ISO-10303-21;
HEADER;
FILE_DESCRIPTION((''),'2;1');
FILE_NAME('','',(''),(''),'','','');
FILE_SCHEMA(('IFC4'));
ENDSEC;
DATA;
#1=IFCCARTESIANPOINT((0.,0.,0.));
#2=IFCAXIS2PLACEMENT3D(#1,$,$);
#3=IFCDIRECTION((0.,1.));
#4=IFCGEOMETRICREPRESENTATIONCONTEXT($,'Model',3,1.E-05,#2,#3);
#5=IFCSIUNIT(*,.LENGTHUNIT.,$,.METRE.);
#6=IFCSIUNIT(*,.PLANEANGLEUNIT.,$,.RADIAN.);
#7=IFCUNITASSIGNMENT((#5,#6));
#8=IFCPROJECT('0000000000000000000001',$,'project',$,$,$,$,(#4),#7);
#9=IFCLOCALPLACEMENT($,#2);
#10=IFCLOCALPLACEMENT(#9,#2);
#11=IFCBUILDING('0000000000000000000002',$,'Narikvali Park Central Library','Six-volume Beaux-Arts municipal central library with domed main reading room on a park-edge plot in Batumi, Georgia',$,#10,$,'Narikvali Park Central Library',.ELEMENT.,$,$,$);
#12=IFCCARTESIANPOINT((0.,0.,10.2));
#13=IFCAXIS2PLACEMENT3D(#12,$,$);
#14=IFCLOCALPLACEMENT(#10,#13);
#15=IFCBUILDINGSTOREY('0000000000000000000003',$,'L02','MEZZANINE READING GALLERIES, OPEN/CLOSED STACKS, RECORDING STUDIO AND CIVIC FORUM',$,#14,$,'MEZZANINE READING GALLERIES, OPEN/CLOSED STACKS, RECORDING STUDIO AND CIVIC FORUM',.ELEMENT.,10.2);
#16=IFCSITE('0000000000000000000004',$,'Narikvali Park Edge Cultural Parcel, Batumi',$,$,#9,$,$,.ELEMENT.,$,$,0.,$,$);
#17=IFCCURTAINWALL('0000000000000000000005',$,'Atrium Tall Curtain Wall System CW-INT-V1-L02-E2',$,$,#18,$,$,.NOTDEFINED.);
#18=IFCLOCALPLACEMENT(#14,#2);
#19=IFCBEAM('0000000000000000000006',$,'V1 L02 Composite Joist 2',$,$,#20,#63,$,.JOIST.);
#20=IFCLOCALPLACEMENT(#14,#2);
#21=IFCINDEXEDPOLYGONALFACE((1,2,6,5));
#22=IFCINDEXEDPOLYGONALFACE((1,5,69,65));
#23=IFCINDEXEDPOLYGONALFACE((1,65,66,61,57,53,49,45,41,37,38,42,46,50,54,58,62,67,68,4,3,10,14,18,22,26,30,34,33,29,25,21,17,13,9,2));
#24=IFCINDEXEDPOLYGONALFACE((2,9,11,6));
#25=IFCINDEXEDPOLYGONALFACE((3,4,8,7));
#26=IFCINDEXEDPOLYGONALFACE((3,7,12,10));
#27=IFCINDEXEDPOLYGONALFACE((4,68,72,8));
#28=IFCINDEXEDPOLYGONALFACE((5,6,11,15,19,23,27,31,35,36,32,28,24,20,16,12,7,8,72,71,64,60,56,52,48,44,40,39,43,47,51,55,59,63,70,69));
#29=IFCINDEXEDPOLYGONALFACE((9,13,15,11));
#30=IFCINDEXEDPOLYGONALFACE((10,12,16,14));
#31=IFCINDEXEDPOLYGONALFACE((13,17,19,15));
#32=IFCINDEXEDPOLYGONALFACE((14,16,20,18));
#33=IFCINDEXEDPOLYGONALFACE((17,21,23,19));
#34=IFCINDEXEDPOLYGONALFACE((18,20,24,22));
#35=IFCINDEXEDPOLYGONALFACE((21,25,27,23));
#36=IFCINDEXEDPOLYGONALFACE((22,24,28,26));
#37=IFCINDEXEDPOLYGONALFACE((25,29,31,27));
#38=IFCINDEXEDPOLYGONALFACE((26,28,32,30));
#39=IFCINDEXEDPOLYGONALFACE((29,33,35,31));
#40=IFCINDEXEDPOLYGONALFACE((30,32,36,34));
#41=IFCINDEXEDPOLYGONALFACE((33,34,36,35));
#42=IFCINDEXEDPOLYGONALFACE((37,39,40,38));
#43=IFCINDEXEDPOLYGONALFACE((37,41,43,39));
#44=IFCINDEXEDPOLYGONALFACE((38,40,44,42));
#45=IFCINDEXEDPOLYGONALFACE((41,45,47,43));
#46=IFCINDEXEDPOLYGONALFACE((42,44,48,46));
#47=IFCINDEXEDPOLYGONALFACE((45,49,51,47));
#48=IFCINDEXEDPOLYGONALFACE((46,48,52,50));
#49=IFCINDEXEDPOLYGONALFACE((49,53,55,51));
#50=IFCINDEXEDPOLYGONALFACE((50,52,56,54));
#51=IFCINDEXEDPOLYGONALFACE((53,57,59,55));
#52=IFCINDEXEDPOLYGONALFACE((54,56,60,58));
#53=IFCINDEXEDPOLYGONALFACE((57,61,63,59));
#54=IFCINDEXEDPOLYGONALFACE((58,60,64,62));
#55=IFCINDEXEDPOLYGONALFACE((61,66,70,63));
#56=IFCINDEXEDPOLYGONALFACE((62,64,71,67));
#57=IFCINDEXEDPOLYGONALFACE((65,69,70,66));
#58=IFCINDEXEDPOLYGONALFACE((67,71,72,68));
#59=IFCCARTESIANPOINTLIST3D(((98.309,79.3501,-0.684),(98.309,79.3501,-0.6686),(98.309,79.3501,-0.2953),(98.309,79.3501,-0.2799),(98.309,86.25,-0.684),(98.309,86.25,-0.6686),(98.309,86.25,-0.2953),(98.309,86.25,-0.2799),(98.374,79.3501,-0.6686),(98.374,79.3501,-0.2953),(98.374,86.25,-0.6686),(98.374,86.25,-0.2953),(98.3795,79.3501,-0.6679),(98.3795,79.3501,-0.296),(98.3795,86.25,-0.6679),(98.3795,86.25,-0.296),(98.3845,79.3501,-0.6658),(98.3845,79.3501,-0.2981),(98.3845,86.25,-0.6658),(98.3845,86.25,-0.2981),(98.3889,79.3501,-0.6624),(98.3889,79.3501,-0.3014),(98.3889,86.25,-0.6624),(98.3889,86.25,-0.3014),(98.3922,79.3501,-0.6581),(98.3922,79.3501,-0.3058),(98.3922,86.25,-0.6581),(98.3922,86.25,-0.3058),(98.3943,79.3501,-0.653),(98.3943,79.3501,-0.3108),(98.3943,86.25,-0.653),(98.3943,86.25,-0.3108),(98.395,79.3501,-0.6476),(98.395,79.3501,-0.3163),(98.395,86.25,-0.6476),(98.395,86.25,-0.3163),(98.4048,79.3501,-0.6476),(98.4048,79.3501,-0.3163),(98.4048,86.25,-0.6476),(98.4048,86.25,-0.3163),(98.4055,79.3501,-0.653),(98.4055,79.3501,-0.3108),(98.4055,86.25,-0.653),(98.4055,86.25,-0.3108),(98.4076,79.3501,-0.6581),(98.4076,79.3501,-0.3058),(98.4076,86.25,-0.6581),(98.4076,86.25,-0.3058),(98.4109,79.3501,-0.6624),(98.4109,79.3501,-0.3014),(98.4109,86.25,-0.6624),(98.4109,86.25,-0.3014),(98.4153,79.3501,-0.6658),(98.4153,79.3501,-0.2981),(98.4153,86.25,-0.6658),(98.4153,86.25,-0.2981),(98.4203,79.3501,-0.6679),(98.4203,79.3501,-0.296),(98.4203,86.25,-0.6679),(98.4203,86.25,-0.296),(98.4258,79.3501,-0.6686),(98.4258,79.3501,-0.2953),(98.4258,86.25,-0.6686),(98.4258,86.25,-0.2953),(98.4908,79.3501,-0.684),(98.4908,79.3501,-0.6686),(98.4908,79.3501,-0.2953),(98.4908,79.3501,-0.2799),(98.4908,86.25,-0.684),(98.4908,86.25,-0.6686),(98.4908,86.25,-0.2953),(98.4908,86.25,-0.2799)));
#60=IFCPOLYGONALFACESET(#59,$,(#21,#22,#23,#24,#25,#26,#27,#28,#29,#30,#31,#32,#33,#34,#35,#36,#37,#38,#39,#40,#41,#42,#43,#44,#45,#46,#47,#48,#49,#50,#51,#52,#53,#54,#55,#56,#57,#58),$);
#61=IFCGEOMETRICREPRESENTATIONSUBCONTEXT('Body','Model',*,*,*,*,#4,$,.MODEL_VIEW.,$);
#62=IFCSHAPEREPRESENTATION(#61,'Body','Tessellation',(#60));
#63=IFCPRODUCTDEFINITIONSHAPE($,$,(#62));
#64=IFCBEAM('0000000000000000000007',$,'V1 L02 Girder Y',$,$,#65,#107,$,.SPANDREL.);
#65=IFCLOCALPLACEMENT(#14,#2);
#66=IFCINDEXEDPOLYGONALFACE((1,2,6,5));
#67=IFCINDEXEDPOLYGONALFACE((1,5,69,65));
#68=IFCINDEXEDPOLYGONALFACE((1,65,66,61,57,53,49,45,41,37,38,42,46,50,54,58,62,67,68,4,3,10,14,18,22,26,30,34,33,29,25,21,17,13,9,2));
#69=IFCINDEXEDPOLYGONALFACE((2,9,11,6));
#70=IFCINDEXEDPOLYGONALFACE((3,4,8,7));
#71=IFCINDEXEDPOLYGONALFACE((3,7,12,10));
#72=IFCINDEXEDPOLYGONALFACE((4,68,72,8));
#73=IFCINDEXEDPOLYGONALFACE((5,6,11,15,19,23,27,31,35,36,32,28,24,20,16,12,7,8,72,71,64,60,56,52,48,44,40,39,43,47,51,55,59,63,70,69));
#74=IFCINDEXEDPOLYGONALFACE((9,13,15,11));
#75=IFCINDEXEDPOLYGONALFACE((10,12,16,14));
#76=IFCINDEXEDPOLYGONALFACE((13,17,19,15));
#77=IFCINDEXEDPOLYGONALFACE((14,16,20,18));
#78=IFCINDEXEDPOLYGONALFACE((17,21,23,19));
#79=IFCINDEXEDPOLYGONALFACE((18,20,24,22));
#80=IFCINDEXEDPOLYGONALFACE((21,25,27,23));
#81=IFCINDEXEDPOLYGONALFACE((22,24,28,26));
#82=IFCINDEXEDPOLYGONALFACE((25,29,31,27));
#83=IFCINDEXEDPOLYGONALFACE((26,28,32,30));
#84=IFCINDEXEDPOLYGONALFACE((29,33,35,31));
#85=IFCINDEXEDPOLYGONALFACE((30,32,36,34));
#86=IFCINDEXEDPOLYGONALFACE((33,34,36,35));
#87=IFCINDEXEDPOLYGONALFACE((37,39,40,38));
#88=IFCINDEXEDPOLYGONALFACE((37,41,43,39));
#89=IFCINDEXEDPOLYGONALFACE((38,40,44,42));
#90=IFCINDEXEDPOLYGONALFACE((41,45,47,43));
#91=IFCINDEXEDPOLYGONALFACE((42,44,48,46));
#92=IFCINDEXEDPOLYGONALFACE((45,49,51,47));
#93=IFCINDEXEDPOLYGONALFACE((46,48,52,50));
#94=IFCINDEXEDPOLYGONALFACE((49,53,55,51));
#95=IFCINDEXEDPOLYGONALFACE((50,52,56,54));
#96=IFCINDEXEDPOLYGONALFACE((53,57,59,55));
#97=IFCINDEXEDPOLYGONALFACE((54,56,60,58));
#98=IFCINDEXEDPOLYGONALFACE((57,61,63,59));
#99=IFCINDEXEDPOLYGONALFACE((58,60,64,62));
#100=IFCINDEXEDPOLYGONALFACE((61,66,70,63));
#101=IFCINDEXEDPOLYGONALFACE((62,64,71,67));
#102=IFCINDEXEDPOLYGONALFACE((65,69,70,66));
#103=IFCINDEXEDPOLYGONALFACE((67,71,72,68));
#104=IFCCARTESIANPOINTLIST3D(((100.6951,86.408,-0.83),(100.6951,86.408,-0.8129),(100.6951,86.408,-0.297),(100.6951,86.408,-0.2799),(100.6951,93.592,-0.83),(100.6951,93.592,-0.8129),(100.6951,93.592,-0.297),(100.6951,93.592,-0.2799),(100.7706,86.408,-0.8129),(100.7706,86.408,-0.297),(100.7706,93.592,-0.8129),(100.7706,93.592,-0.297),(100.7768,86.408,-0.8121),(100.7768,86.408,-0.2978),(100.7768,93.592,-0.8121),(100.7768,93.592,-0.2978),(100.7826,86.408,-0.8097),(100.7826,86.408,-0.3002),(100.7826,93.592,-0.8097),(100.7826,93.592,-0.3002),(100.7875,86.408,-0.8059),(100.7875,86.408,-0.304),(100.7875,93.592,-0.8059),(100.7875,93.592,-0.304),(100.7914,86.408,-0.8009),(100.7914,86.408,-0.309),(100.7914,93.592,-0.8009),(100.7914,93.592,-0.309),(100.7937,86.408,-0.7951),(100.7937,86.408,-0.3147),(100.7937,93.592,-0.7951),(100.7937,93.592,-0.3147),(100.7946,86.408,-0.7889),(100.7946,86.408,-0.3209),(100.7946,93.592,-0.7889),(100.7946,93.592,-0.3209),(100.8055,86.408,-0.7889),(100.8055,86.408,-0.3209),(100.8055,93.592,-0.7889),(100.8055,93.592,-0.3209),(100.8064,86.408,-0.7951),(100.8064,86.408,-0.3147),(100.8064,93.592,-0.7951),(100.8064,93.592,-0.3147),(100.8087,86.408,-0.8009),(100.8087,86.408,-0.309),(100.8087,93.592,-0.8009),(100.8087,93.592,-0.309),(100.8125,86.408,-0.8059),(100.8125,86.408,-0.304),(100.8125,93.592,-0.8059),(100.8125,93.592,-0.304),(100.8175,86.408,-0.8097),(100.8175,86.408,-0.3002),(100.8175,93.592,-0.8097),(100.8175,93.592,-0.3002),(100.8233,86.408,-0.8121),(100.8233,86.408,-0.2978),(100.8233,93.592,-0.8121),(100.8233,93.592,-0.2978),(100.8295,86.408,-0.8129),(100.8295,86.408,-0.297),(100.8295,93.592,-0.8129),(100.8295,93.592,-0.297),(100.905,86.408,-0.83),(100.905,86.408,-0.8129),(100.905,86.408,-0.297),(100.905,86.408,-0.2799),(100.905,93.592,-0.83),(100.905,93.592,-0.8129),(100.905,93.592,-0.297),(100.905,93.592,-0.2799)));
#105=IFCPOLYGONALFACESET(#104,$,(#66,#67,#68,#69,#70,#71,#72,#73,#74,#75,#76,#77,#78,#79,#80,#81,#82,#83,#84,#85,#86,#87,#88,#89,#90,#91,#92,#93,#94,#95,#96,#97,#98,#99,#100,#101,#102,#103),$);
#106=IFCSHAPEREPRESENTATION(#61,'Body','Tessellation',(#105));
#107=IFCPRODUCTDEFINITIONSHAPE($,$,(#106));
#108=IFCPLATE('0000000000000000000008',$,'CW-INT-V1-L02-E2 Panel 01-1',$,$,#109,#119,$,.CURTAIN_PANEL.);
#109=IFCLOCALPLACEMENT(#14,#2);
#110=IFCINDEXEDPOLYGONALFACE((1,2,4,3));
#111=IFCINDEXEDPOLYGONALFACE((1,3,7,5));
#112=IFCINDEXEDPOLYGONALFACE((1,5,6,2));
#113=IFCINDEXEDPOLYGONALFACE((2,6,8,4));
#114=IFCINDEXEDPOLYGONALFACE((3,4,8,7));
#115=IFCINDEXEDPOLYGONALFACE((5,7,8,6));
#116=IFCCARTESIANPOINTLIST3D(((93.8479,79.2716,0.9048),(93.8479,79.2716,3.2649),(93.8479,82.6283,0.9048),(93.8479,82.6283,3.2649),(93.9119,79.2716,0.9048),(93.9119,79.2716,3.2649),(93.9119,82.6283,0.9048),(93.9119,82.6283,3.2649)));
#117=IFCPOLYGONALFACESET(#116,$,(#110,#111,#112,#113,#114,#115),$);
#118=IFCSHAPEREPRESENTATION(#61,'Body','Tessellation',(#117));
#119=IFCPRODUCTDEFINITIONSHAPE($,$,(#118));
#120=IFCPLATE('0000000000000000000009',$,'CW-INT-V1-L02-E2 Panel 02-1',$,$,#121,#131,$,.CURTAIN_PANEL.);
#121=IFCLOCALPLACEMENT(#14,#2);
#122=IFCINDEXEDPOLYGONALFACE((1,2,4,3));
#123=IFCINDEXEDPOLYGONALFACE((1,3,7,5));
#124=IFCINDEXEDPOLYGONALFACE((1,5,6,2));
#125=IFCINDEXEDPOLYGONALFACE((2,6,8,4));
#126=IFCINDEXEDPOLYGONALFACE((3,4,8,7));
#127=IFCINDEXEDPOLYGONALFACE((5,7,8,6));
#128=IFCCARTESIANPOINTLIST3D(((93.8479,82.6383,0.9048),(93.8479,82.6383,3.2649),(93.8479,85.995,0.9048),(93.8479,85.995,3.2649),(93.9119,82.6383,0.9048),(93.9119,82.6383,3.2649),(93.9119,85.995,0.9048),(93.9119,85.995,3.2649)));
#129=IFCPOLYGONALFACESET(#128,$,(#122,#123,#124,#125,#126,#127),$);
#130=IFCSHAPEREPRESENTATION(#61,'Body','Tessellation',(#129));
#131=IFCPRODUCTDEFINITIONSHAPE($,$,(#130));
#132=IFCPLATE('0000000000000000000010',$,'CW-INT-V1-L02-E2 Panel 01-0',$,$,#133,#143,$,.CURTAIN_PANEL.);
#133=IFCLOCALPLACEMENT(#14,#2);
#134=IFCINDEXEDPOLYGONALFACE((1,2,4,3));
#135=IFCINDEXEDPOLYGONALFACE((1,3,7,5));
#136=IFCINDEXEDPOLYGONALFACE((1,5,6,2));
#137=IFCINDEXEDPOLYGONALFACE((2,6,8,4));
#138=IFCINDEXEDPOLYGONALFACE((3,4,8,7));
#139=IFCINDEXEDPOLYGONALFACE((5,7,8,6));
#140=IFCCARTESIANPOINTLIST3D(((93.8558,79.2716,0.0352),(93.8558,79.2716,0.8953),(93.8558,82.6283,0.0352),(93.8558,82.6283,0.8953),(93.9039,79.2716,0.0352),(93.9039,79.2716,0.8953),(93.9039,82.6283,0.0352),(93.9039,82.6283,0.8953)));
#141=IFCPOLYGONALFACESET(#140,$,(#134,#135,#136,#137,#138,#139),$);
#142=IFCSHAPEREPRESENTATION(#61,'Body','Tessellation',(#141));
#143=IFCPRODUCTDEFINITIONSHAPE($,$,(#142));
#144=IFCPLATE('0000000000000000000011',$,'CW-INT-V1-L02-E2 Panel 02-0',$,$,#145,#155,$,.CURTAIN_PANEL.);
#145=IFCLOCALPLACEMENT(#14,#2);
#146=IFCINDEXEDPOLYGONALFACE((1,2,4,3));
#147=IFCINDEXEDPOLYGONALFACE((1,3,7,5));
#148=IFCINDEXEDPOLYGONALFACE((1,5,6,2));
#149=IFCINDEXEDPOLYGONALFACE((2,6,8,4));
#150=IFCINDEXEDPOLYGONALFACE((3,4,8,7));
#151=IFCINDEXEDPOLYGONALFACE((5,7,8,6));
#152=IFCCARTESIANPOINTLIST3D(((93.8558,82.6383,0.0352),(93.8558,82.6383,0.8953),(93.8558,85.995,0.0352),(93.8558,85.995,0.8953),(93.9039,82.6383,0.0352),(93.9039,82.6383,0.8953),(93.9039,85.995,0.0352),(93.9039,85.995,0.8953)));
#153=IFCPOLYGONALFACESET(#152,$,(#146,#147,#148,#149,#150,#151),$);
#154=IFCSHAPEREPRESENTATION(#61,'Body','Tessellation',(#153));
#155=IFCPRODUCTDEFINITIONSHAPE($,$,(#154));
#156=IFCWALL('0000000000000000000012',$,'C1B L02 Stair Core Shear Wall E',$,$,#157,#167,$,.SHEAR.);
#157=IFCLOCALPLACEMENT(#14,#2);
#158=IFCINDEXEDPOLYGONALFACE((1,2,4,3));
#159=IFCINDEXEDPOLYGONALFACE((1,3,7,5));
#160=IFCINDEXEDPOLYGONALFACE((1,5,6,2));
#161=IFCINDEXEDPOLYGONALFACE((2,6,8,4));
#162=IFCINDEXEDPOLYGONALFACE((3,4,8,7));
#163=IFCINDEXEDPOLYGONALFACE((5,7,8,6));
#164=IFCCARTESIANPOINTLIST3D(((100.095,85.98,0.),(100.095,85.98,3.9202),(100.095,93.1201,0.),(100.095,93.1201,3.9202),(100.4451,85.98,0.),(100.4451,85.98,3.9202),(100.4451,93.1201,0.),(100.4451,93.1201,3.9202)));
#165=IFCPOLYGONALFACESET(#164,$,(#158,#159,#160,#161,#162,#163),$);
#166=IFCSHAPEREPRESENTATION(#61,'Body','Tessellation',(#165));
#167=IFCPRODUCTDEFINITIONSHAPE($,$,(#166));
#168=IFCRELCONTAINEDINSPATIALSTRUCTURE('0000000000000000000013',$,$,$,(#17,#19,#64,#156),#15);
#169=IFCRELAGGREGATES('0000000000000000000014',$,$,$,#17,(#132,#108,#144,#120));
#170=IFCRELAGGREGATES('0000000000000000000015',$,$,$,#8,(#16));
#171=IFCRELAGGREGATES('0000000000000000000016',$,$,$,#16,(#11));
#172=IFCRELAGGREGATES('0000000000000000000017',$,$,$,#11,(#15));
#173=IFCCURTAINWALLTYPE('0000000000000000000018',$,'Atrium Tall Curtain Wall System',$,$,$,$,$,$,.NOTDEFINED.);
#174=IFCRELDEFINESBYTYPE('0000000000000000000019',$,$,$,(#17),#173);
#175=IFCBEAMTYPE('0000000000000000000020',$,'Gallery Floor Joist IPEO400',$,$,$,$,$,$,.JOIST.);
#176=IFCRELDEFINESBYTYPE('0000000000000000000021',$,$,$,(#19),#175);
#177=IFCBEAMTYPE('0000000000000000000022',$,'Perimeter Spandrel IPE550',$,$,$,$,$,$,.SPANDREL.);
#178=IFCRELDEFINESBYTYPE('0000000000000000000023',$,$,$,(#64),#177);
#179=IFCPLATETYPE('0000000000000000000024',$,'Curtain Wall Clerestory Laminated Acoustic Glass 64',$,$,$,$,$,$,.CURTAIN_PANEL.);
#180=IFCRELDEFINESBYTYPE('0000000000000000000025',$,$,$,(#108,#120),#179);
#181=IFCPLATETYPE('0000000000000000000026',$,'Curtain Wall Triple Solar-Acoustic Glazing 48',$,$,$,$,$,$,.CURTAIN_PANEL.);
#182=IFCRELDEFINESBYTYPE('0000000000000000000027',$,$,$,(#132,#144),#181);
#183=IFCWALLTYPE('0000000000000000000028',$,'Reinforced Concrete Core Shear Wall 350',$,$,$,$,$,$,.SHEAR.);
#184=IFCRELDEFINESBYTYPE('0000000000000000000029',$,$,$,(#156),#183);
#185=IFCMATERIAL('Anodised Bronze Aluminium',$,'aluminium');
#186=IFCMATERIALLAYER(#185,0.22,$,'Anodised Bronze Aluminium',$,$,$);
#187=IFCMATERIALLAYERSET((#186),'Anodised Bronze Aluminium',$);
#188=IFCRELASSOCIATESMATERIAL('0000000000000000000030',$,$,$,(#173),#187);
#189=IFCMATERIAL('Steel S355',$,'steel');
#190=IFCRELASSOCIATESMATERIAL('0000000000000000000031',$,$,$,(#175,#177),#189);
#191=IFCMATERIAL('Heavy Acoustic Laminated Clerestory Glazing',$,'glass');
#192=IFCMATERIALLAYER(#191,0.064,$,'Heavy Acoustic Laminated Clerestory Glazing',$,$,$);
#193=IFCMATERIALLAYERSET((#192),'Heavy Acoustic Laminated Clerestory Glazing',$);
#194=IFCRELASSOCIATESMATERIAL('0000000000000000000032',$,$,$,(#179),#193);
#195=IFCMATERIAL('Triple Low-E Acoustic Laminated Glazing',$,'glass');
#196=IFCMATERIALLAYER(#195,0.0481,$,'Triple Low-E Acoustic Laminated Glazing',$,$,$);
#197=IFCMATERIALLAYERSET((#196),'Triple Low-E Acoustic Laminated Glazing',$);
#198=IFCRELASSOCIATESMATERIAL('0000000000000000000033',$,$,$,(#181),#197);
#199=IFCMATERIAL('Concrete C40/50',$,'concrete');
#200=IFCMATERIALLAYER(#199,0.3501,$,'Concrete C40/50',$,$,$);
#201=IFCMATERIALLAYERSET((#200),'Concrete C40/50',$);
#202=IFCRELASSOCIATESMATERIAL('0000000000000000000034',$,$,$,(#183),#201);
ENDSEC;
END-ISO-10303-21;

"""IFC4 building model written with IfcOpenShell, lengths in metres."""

from ifc_helpers import new_model, si_unit, direction, frame, frame_2d, origin, origin_2d, place, context, subcontext, project, spatial, rectangle, i_section, extrude, material, layer, layer_set, material_profile, profile_set, type_object, element, aggregate, save


model = new_model("IFC4")

# Units and contexts
model_context = context("Model", 3, precision=1e-05, world=origin(), true_north=direction((0.0, 1.0)))
body_context = subcontext(model_context, "Body", "Model", "MODEL_VIEW")
ifc_project = project(units=[si_unit("LENGTHUNIT", "METRE"), si_unit("PLANEANGLEUNIT", "RADIAN")], contexts=[model_context])

# Site, building, storey
site_placement = place(None, origin())
site = spatial("IfcSite", under=ifc_project, at=site_placement, Name="Narikvali Park Edge Cultural Parcel, Batumi", CompositionType="ELEMENT", RefElevation=0.0)
building_placement = place(site_placement, origin())
building = spatial("IfcBuilding", under=site, at=building_placement, Name="Narikvali Park Central Library", Description="Six-volume Beaux-Arts municipal central library with domed main reading room on a park-edge plot in Batumi, Georgia", LongName="Narikvali Park Central Library", CompositionType="ELEMENT")
storey_placement = place(building_placement, frame((0.0, 0.0, 10.2)))
storey = spatial("IfcBuildingStorey", under=building, at=storey_placement, Name="L02", Description="MEZZANINE READING GALLERIES, OPEN/CLOSED STACKS, RECORDING STUDIO AND CIVIC FORUM", LongName="MEZZANINE READING GALLERIES, OPEN/CLOSED STACKS, RECORDING STUDIO AND CIVIC FORUM", CompositionType="ELEMENT", Elevation=10.2)

# Shared definitions
ifc_material_1 = material(Name="Steel S355", Category="steel")

# Curtain wall
ifc_material_2 = material(Name="Anodised Bronze Aluminium", Category="aluminium")
ifc_layer_1 = layer(ifc_material_2, 0.22, Name="Anodised Bronze Aluminium")
ifc_layer_set_1 = layer_set([ifc_layer_1], Name="Anodised Bronze Aluminium")
curtain_wall_type_1 = type_object("IfcCurtainWallType", Name="Atrium Tall Curtain Wall System", PredefinedType="NOTDEFINED", material=ifc_layer_set_1)
curtain_wall_1_placement = place(storey_placement, origin())
curtain_wall_1 = element("IfcCurtainWall", 1, at=curtain_wall_1_placement, inside=storey, type_object=curtain_wall_type_1, Name="Atrium Tall Curtain Wall System CW-INT-V1-L02-E2", PredefinedType="NOTDEFINED")

# Beams
ifc_material_profile_1 = material_profile(ifc_material_1, i_section(OverallWidth=0.1819, OverallDepth=0.4041, WebThickness=0.0098, FlangeThickness=0.0154, FilletRadius=0.021, at=origin_2d()), Name="IPEO 400")
ifc_profile_set_1 = profile_set([ifc_material_profile_1], Name="Steel S355")
beam_type_1 = type_object("IfcBeamType", Name="Gallery Floor Joist IPEO400", PredefinedType="JOIST", material=ifc_profile_set_1)
for number, where, z_axis, x_axis, name in (
    (2, (98.3999, 79.3501, -0.4819), (0.0, 1.0, 0.0), (-1.0, 0.0, 0.0), "V1 L02 Composite Joist 2"),
):
    element("IfcBeam", number, at=place(storey_placement, frame(where, z_axis=z_axis, x_axis=x_axis)), inside=storey, type_object=beam_type_1, Name=name, PredefinedType="JOIST", context=body_context, shape_type="SweptSolid", body=[
        extrude(i_section(OverallWidth=0.1819, OverallDepth=0.4041, WebThickness=0.0098, FlangeThickness=0.0154, FilletRadius=0.021, at=origin_2d()), origin(), (0.0, 0.0, 1.0), 6.8999),
    ])
ifc_material_profile_2 = material_profile(ifc_material_1, i_section(OverallWidth=0.21, OverallDepth=0.55, WebThickness=0.011, FlangeThickness=0.0171, FilletRadius=0.0239, at=origin_2d()), Name="IPE 550")
ifc_profile_set_2 = profile_set([ifc_material_profile_2], Name="Steel S355")
beam_type_2 = type_object("IfcBeamType", Name="Perimeter Spandrel IPE550", PredefinedType="SPANDREL", material=ifc_profile_set_2)
beam_1_placement = place(storey_placement, frame((100.8, 86.408, -0.5549), z_axis=(0.0, 1.0, 0.0), x_axis=(-1.0, 0.0, 0.0)))
element("IfcBeam", 3, at=beam_1_placement, inside=storey, type_object=beam_type_2, Name="V1 L02 Girder Y", PredefinedType="SPANDREL", context=body_context, shape_type="SweptSolid", body=[
    extrude(i_section(OverallWidth=0.21, OverallDepth=0.55, WebThickness=0.011, FlangeThickness=0.0171, FilletRadius=0.0239, at=origin_2d()), origin(), (0.0, 0.0, 1.0), 7.1841),
])

# Plates
ifc_material_3 = material(Name="Heavy Acoustic Laminated Clerestory Glazing", Category="glass")
ifc_layer_2 = layer(ifc_material_3, 0.064, Name="Heavy Acoustic Laminated Clerestory Glazing")
ifc_layer_set_2 = layer_set([ifc_layer_2], Name="Heavy Acoustic Laminated Clerestory Glazing")
plate_type_1 = type_object("IfcPlateType", Name="Curtain Wall Clerestory Laminated Acoustic Glass 64", PredefinedType="CURTAIN_PANEL", material=ifc_layer_set_2)
plate_1_placement = place(storey_placement, frame((93.8799, 80.95, 0.9048), z_axis=(0.0, 0.0, 1.0), x_axis=(0.0, 1.0, 0.0)))
plate_1 = element("IfcPlate", 4, at=plate_1_placement, type_object=plate_type_1, Name="CW-INT-V1-L02-E2 Panel 01-1", PredefinedType="CURTAIN_PANEL", context=body_context, shape_type="SweptSolid", body=[
    extrude(rectangle(XDim=3.3567, YDim=0.064, at=origin_2d()), origin(), (0.0, 0.0, 1.0), 2.3601),
])
plate_2_placement = place(storey_placement, frame((93.8799, 84.3167, 0.9048), z_axis=(0.0, 0.0, 1.0), x_axis=(0.0, 1.0, 0.0)))
plate_2 = element("IfcPlate", 5, at=plate_2_placement, type_object=plate_type_1, Name="CW-INT-V1-L02-E2 Panel 02-1", PredefinedType="CURTAIN_PANEL", context=body_context, shape_type="SweptSolid", body=[
    extrude(rectangle(XDim=3.3567, YDim=0.064, at=origin_2d()), origin(), (0.0, 0.0, 1.0), 2.3601),
])
ifc_material_4 = material(Name="Triple Low-E Acoustic Laminated Glazing", Category="glass")
ifc_layer_3 = layer(ifc_material_4, 0.0481, Name="Triple Low-E Acoustic Laminated Glazing")
ifc_layer_set_3 = layer_set([ifc_layer_3], Name="Triple Low-E Acoustic Laminated Glazing")
plate_type_2 = type_object("IfcPlateType", Name="Curtain Wall Triple Solar-Acoustic Glazing 48", PredefinedType="CURTAIN_PANEL", material=ifc_layer_set_3)
plate_3_placement = place(storey_placement, frame((93.8799, 80.95, 0.0352), z_axis=(0.0, 0.0, 1.0), x_axis=(0.0, 1.0, 0.0)))
plate_3 = element("IfcPlate", 6, at=plate_3_placement, type_object=plate_type_2, Name="CW-INT-V1-L02-E2 Panel 01-0", PredefinedType="CURTAIN_PANEL", context=body_context, shape_type="SweptSolid", body=[
    extrude(rectangle(XDim=3.3567, YDim=0.0481, at=origin_2d()), origin(), (0.0, 0.0, 1.0), 0.8601),
])
plate_4_placement = place(storey_placement, frame((93.8799, 84.3167, 0.0352), z_axis=(0.0, 0.0, 1.0), x_axis=(0.0, 1.0, 0.0)))
plate_4 = element("IfcPlate", 7, at=plate_4_placement, type_object=plate_type_2, Name="CW-INT-V1-L02-E2 Panel 02-0", PredefinedType="CURTAIN_PANEL", context=body_context, shape_type="SweptSolid", body=[
    extrude(rectangle(XDim=3.3567, YDim=0.0481, at=origin_2d()), origin(), (0.0, 0.0, 1.0), 0.8601),
])
aggregate(curtain_wall_1, [plate_3, plate_1, plate_4, plate_2])

# Shared definitions
ifc_material_5 = material(Name="Concrete C40/50", Category="concrete")
ifc_layer_4 = layer(ifc_material_5, 0.3501, Name="Concrete C40/50")
ifc_layer_set_4 = layer_set([ifc_layer_4], Name="Concrete C40/50")
wall_type_1 = type_object("IfcWallType", Name="Reinforced Concrete Core Shear Wall 350", PredefinedType="SHEAR", material=ifc_layer_set_4)

# Wall
wall_1_placement = place(storey_placement, frame((100.27, 85.98, 0.0), z_axis=(0.0, 0.0, 1.0), x_axis=(0.0, 1.0, 0.0)))
element("IfcWall", 8, at=wall_1_placement, inside=storey, type_object=wall_type_1, Name="C1B L02 Stair Core Shear Wall E", PredefinedType="SHEAR", context=body_context, shape_type="SweptSolid", body=[
    extrude(rectangle(XDim=7.1401, YDim=0.3501, at=frame_2d((3.5701, 0.0))), origin(), (0.0, 0.0, 1.0), 3.9202),
])

save(model, "model.ifc")
